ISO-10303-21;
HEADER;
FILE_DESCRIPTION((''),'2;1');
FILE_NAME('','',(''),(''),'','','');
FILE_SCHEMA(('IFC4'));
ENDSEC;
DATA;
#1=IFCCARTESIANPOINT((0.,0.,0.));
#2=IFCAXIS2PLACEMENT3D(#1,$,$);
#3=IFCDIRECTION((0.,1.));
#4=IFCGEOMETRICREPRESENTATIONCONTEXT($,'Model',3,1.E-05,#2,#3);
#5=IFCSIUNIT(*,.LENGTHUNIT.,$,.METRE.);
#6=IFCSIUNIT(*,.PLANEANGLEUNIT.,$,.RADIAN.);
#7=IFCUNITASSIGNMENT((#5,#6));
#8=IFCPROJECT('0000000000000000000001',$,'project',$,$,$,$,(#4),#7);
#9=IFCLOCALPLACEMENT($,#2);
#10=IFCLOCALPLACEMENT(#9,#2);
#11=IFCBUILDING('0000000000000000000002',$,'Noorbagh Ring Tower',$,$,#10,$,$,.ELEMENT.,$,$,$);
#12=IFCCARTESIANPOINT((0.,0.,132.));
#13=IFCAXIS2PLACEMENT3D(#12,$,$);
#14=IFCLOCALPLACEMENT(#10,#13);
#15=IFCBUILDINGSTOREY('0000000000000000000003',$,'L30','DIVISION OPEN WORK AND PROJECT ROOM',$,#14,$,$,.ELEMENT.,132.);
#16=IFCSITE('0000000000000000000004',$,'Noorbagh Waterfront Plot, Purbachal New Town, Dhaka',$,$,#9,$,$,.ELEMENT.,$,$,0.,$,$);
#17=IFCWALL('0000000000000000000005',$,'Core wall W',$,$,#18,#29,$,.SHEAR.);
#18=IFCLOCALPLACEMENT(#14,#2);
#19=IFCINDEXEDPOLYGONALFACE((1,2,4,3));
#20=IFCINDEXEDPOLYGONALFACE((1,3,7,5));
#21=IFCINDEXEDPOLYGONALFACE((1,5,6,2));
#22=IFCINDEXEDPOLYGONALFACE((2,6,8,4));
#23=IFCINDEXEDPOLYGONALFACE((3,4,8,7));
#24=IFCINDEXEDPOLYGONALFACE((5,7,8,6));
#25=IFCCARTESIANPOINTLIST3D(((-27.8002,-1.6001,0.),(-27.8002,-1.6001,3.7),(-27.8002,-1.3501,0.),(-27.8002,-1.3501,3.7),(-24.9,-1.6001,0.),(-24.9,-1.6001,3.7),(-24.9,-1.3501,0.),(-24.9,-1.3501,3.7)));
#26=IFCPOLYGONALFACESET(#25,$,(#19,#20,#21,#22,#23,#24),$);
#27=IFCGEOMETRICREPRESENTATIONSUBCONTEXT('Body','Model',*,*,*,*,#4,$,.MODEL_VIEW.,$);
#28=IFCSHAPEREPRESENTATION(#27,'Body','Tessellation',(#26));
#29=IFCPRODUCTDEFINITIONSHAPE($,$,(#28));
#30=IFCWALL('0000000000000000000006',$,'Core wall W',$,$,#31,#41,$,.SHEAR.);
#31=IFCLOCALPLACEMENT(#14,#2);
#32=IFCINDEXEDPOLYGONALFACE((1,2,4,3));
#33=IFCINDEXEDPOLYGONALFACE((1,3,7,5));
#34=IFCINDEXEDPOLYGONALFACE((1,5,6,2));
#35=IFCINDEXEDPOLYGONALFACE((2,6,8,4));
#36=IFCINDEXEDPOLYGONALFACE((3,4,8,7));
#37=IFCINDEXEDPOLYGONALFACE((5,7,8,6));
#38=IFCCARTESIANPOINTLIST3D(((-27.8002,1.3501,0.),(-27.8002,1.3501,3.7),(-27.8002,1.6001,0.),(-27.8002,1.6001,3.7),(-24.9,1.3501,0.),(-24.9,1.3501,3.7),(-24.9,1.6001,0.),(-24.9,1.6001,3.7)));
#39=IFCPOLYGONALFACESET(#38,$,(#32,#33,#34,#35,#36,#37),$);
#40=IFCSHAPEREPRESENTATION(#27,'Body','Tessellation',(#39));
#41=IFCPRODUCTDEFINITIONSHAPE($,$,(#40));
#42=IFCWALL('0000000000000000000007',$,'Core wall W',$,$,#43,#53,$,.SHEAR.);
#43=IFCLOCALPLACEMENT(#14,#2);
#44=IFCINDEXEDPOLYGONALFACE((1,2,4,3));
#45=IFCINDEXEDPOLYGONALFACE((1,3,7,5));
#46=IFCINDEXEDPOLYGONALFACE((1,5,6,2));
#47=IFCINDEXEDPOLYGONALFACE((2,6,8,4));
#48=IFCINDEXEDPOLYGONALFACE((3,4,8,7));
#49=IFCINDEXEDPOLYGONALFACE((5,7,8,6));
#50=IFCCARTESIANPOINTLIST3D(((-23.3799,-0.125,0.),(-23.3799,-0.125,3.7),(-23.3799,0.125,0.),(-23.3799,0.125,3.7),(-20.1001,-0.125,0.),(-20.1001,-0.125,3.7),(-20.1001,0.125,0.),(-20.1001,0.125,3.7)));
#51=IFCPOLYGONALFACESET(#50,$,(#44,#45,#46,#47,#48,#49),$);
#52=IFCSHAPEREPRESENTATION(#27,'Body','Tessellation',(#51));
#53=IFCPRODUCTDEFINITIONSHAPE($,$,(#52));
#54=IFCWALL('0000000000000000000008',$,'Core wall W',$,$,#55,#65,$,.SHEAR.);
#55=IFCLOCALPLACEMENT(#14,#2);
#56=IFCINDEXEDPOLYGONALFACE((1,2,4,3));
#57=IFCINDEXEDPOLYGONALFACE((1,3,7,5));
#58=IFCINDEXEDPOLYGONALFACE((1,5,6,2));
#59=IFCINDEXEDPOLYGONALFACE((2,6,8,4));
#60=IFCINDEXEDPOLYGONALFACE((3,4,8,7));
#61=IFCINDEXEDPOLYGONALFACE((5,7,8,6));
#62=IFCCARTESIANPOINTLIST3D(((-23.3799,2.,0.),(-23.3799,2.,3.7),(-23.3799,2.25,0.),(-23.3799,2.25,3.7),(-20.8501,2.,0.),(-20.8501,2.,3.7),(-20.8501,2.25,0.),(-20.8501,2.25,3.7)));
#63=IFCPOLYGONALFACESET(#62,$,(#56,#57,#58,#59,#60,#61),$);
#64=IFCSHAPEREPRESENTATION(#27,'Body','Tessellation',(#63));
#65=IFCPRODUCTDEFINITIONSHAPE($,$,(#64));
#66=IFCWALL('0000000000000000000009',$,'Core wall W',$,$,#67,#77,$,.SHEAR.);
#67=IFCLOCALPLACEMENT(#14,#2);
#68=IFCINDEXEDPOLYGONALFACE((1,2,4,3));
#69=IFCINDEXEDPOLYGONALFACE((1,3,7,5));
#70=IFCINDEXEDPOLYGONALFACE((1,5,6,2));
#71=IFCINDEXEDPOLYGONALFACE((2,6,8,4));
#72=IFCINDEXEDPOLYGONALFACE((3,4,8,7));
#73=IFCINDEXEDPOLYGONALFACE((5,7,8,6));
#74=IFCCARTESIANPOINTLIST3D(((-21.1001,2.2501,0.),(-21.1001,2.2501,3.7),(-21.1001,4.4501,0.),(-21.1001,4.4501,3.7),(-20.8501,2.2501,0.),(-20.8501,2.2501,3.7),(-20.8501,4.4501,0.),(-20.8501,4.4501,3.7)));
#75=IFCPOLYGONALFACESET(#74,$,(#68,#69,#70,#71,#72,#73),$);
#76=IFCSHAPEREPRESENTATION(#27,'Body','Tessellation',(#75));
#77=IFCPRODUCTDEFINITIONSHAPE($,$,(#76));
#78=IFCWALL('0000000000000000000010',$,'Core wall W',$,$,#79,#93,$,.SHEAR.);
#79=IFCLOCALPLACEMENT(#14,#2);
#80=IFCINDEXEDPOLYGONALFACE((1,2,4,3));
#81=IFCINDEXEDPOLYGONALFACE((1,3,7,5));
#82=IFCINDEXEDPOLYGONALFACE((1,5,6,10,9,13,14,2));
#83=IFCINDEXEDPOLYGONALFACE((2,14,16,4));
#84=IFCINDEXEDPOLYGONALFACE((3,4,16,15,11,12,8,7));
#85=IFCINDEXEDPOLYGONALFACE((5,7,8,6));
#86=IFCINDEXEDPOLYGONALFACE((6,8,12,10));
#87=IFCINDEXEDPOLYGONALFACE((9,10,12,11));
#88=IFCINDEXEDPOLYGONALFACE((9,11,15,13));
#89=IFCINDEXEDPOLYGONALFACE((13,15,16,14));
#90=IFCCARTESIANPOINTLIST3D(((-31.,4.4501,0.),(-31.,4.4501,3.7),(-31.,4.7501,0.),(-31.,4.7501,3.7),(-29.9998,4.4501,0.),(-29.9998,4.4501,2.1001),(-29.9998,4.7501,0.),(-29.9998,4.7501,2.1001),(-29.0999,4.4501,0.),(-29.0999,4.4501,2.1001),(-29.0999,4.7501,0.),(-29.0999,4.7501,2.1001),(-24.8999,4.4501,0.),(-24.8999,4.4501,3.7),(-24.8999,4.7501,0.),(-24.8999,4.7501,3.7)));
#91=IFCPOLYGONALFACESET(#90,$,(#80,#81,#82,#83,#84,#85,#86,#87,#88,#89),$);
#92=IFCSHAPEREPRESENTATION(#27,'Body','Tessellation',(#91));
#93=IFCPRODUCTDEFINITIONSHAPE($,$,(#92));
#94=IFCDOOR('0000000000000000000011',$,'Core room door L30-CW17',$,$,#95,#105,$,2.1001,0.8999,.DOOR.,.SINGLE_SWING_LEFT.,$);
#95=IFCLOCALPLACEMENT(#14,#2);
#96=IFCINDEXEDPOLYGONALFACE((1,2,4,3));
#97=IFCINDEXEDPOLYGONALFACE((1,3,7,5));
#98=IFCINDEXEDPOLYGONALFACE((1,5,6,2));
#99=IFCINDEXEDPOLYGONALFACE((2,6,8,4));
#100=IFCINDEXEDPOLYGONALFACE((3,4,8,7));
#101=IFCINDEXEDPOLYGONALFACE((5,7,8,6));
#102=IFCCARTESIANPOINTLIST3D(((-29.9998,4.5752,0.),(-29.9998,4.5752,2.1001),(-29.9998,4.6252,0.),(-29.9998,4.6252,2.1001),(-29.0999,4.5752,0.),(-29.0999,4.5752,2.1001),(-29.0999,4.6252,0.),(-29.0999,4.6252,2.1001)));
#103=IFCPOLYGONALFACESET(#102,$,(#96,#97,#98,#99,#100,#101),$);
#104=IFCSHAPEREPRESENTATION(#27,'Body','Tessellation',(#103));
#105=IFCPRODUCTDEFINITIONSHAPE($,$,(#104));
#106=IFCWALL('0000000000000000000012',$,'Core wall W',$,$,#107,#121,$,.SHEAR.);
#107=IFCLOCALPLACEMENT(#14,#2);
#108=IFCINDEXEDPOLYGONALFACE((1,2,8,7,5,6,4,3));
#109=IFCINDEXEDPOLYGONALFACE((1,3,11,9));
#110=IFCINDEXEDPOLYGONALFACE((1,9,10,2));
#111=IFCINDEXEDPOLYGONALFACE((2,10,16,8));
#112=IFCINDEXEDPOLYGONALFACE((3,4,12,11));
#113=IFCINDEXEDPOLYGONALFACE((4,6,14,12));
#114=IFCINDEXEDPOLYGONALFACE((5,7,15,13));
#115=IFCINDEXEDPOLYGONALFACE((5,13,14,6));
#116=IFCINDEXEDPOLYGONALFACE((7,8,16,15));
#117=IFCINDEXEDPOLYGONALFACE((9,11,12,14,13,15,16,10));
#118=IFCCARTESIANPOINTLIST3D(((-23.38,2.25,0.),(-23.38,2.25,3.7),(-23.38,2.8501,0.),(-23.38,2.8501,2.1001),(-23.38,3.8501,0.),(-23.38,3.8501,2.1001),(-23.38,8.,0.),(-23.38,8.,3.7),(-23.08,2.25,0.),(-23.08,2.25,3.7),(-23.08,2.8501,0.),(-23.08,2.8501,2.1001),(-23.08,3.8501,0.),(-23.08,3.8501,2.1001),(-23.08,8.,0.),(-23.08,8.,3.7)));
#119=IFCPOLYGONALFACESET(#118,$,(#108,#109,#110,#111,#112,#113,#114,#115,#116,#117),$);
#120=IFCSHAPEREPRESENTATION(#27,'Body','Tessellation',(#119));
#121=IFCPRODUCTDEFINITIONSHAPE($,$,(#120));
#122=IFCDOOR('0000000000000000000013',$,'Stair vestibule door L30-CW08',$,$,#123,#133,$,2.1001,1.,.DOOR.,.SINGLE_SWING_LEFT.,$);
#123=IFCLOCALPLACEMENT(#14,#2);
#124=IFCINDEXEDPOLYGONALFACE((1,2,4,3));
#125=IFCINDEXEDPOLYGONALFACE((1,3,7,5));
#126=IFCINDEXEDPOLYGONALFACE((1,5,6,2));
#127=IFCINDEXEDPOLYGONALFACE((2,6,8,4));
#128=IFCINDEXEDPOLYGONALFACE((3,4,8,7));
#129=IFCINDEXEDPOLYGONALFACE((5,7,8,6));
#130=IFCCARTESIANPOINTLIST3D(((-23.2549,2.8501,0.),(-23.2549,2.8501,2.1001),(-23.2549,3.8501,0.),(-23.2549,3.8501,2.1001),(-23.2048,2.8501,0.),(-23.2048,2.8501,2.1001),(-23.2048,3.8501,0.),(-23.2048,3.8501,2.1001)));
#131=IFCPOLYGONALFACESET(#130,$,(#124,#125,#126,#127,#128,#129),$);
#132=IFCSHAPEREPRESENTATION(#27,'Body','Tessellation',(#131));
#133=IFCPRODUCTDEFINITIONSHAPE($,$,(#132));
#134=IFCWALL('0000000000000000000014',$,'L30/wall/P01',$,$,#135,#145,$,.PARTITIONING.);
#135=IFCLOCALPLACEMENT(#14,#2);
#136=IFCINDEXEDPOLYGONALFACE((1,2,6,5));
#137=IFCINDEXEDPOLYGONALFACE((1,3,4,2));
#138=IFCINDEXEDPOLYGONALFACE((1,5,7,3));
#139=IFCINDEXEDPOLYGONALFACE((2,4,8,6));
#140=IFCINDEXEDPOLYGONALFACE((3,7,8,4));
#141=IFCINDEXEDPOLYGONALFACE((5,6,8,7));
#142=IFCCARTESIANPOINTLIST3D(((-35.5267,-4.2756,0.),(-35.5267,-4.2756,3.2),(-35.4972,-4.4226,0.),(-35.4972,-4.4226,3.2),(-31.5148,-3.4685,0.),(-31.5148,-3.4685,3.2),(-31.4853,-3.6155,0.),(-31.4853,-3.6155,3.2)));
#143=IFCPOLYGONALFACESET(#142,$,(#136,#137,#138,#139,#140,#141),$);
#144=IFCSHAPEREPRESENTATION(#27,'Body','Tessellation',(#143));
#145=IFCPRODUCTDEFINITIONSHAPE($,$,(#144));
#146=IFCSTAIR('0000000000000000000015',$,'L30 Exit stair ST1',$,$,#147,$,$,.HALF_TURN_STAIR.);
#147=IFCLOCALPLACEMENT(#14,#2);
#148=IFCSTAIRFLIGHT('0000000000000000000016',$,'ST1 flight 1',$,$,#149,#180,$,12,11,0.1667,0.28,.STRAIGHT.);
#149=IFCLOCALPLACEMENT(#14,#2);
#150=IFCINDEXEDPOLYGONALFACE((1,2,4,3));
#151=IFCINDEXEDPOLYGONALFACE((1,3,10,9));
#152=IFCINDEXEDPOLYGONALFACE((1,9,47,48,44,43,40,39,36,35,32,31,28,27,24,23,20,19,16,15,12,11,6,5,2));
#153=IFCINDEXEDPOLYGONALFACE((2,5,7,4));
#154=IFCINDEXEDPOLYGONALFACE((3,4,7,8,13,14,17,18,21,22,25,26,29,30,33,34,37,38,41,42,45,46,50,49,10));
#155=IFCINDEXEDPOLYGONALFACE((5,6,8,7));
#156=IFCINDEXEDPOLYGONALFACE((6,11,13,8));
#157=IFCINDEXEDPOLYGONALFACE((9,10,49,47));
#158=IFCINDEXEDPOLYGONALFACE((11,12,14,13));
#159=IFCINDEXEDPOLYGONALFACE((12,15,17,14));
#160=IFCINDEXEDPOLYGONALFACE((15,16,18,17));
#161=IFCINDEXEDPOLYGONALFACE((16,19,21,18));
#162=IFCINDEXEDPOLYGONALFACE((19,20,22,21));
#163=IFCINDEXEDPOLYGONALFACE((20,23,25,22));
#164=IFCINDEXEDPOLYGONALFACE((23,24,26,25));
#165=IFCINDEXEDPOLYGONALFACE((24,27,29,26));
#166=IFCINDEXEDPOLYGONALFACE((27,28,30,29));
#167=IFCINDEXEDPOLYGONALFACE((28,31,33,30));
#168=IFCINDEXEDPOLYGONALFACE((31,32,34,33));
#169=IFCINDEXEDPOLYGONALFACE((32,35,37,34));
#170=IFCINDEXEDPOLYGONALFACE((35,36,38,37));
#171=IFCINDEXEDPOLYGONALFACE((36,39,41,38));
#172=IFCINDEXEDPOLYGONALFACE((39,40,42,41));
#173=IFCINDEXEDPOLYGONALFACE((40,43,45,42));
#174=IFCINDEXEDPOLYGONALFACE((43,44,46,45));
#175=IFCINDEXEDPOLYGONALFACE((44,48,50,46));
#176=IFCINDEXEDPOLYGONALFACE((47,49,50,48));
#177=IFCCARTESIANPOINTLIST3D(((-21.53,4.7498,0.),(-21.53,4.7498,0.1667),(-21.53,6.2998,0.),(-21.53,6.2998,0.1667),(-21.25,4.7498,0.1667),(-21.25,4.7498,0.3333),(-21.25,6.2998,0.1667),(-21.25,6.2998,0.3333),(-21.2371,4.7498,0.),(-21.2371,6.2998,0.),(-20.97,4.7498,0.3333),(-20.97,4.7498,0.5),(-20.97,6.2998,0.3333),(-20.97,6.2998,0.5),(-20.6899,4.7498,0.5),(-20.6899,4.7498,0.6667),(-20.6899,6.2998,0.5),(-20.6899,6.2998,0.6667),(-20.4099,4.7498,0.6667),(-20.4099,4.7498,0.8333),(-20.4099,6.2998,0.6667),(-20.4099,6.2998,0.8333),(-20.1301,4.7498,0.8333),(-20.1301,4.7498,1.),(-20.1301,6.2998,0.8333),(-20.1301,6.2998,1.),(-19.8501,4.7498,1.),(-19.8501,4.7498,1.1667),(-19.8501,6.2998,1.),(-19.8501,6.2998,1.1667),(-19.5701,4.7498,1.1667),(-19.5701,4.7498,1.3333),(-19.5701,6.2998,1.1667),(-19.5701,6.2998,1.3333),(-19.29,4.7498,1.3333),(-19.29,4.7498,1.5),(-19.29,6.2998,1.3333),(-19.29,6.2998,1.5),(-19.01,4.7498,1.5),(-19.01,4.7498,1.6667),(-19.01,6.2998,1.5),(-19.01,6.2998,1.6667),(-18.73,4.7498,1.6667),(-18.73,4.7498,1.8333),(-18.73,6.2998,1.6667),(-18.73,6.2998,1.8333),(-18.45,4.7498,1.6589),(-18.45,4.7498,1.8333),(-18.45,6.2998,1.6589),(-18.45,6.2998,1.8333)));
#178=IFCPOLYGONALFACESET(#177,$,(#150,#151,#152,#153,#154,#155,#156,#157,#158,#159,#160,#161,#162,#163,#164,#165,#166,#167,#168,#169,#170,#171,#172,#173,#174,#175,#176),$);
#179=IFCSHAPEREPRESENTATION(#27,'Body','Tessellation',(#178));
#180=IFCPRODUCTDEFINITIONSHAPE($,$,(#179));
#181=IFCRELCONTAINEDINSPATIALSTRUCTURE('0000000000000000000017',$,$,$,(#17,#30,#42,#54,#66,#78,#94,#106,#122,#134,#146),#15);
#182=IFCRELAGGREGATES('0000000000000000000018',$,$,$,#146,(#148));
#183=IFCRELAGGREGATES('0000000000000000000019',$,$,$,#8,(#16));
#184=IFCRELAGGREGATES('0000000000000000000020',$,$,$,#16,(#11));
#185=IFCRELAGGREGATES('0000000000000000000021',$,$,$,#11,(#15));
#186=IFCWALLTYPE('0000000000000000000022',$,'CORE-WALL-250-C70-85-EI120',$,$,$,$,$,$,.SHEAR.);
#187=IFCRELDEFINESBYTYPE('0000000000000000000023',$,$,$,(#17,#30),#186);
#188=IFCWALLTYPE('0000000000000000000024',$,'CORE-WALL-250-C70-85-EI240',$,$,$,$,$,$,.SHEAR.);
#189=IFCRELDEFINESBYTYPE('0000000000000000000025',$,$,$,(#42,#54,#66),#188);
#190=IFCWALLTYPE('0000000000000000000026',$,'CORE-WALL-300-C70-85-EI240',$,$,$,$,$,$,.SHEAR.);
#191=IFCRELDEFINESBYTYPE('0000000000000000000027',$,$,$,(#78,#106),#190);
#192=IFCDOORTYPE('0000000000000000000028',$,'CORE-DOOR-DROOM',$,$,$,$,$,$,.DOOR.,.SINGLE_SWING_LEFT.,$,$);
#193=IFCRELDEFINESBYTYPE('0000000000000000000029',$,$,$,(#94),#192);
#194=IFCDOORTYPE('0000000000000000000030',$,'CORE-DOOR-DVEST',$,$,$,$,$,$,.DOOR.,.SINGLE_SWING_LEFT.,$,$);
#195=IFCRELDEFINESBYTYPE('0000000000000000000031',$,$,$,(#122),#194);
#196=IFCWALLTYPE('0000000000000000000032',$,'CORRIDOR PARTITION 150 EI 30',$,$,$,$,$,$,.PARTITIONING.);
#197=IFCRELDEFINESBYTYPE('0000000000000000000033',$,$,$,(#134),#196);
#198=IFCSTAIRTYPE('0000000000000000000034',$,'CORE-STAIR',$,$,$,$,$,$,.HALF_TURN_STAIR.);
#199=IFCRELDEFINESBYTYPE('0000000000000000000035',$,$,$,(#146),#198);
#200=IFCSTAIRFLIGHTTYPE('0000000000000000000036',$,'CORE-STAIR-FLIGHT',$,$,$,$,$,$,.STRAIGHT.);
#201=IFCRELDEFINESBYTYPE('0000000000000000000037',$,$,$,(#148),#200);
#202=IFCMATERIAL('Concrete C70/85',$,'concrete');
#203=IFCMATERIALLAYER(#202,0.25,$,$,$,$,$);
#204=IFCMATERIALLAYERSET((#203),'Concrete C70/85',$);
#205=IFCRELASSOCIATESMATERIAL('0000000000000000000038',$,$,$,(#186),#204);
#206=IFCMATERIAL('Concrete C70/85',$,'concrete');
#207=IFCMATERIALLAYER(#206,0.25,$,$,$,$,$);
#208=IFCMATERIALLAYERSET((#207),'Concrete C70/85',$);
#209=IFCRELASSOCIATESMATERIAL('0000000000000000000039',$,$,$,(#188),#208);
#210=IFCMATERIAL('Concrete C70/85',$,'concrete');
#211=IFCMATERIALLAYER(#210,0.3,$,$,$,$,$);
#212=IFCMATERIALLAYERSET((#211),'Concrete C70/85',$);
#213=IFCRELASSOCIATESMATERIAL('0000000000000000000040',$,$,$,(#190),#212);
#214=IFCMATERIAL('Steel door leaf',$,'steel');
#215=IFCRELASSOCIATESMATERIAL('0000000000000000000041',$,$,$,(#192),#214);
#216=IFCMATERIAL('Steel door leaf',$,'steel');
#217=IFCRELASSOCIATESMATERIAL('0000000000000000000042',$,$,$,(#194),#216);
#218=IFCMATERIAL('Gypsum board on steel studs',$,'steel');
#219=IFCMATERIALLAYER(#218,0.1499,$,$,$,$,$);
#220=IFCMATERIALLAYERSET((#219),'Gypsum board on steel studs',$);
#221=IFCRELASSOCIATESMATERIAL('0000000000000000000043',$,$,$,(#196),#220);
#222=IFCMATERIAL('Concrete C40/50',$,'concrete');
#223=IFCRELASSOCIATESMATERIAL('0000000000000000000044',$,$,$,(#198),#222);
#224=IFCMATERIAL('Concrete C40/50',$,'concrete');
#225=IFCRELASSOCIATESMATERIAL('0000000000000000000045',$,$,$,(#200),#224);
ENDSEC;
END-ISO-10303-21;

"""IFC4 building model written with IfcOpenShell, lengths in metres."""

from ifc_helpers import new_model, si_unit, direction, frame, frame_2d, origin, place, context, subcontext, project, spatial, polyline, rectangle, outline, extrude, material, layer, layer_set, type_object, element, fill, aggregate, save


model = new_model("IFC4")

# Units and contexts
model_context = context("Model", 3, precision=1e-05, world=origin(), true_north=direction((0.0, 1.0)))
body_context = subcontext(model_context, "Body", "Model", "MODEL_VIEW")
ifc_project = project(units=[si_unit("LENGTHUNIT", "METRE"), si_unit("PLANEANGLEUNIT", "RADIAN")], contexts=[model_context])

# Site, building, storey
site_placement = place(None, origin())
site = spatial("IfcSite", under=ifc_project, at=site_placement, Name="Noorbagh Waterfront Plot, Purbachal New Town, Dhaka", CompositionType="ELEMENT", RefElevation=0.0)
building_placement = place(site_placement, origin())
building = spatial("IfcBuilding", under=site, at=building_placement, Name="Noorbagh Ring Tower", CompositionType="ELEMENT")
storey_placement = place(building_placement, frame((0.0, 0.0, 132.0)))
storey = spatial("IfcBuildingStorey", under=building, at=storey_placement, Name="L30", Description="DIVISION OPEN WORK AND PROJECT ROOM", CompositionType="ELEMENT", Elevation=132.0)

# Walls
ifc_material_1 = material(Name="Concrete C70/85", Category="concrete")
ifc_layer_1 = layer(ifc_material_1, 0.25)
ifc_layer_set_1 = layer_set([ifc_layer_1], Name="Concrete C70/85")
wall_type_1 = type_object("IfcWallType", Name="CORE-WALL-250-C70-85-EI120", PredefinedType="SHEAR", material=ifc_layer_set_1)
for number, where, z_axis, x_axis, name in (
    (1, (-24.8999, -1.4751, 0.0), (0.0, 0.0, 1.0), (-1.0, 0.0, 0.0), "Core wall W"),
    (2, (-24.8999, 1.4751, 0.0), (0.0, 0.0, 1.0), (-1.0, 0.0, 0.0), "Core wall W"),
):
    element("IfcWall", number, at=place(storey_placement, frame(where, z_axis=z_axis, x_axis=x_axis)), inside=storey, type_object=wall_type_1, Name=name, PredefinedType="SHEAR", context=body_context, shape_type="SweptSolid", body=[
        extrude(rectangle(XDim=2.9001, YDim=0.25, at=frame_2d((1.4502, 0.0))), origin(), (0.0, 0.0, 1.0), 3.7),
    ])
ifc_material_2 = material(Name="Concrete C70/85", Category="concrete")
ifc_layer_2 = layer(ifc_material_2, 0.25)
ifc_layer_set_2 = layer_set([ifc_layer_2], Name="Concrete C70/85")
wall_type_2 = type_object("IfcWallType", Name="CORE-WALL-250-C70-85-EI240", PredefinedType="SHEAR", material=ifc_layer_set_2)
wall_1_placement = place(storey_placement, frame((-20.1001, 0.0, 0.0), z_axis=(0.0, 0.0, 1.0), x_axis=(-1.0, 0.0, 0.0)))
element("IfcWall", 3, at=wall_1_placement, inside=storey, type_object=wall_type_2, Name="Core wall W", PredefinedType="SHEAR", context=body_context, shape_type="SweptSolid", body=[
    extrude(rectangle(XDim=3.2798, YDim=0.25, at=frame_2d((1.6399, 0.0))), origin(), (0.0, 0.0, 1.0), 3.7),
])
wall_2_placement = place(storey_placement, frame((-20.8501, 2.125, 0.0), z_axis=(0.0, 0.0, 1.0), x_axis=(-1.0, 0.0, 0.0)))
element("IfcWall", 4, at=wall_2_placement, inside=storey, type_object=wall_type_2, Name="Core wall W", PredefinedType="SHEAR", context=body_context, shape_type="SweptSolid", body=[
    extrude(rectangle(XDim=2.5298, YDim=0.25, at=frame_2d((1.2649, 0.0))), origin(), (0.0, 0.0, 1.0), 3.7),
])
wall_3_placement = place(storey_placement, frame((-20.9751, 2.25, 0.0), z_axis=(0.0, 0.0, 1.0), x_axis=(0.0, 1.0, 0.0)))
element("IfcWall", 5, at=wall_3_placement, inside=storey, type_object=wall_type_2, Name="Core wall W", PredefinedType="SHEAR", context=body_context, shape_type="SweptSolid", body=[
    extrude(rectangle(XDim=2.2, YDim=0.25, at=frame_2d((1.1001, 0.0))), origin(), (0.0, 0.0, 1.0), 3.7),
])

# Walls, openings, doors
ifc_material_3 = material(Name="Concrete C70/85", Category="concrete")
ifc_layer_3 = layer(ifc_material_3, 0.3)
ifc_layer_set_3 = layer_set([ifc_layer_3], Name="Concrete C70/85")
wall_type_3 = type_object("IfcWallType", Name="CORE-WALL-300-C70-85-EI240", PredefinedType="SHEAR", material=ifc_layer_set_3)
wall_4_placement = place(storey_placement, frame((-24.8999, 4.6001, 0.0), z_axis=(0.0, 0.0, 1.0), x_axis=(-1.0, 0.0, 0.0)))
wall_4 = element("IfcWall", 6, at=wall_4_placement, inside=storey, type_object=wall_type_3, Name="Core wall W", PredefinedType="SHEAR", context=body_context, shape_type="SweptSolid", body=[
    extrude(rectangle(XDim=6.1001, YDim=0.3, at=frame_2d((3.05, 0.0))), origin(), (0.0, 0.0, 1.0), 3.7),
])
opening_1_placement = place(wall_4_placement, frame((4.2, 0.0, 0.0)))
opening_1 = element("IfcOpeningElement", 7, at=opening_1_placement, cuts=wall_4, PredefinedType="OPENING", context=body_context, shape_type="SweptSolid", body=[
    extrude(rectangle(XDim=0.8999, YDim=2.1001, at=frame_2d((0.45, 1.05))), frame((0.0, 0.1602, 0.0), z_axis=(0.0, -1.0, 0.0), x_axis=(1.0, 0.0, 0.0)), (0.0, 0.0, 1.0), 0.3201),
])
ifc_material_4 = material(Name="Steel door leaf", Category="steel")
door_type_1 = type_object("IfcDoorType", Name="CORE-DOOR-DROOM", OperationType="SINGLE_SWING_LEFT", PredefinedType="DOOR", material=ifc_material_4)
door_1_placement = place(opening_1_placement, origin())
door_1 = element("IfcDoor", 8, at=door_1_placement, inside=storey, type_object=door_type_1, Name="Core room door L30-CW17", OperationType="SINGLE_SWING_LEFT", OverallHeight=2.1001, OverallWidth=0.8999, PredefinedType="DOOR", context=body_context, shape_type="SweptSolid", body=[
    extrude(rectangle(XDim=0.8999, YDim=2.1001, at=frame_2d((0.45, 1.05))), frame((0.0, 0.0249, 0.0), z_axis=(0.0, -1.0, 0.0), x_axis=(1.0, 0.0, 0.0)), (0.0, 0.0, 1.0), 0.05),
])
fill(opening_1, door_1)
wall_5_placement = place(storey_placement, frame((-23.23, 2.25, 0.0), z_axis=(0.0, 0.0, 1.0), x_axis=(0.0, 1.0, 0.0)))
wall_5 = element("IfcWall", 9, at=wall_5_placement, inside=storey, type_object=wall_type_3, Name="Core wall W", PredefinedType="SHEAR", context=body_context, shape_type="SweptSolid", body=[
    extrude(rectangle(XDim=5.75, YDim=0.3, at=frame_2d((2.875, 0.0))), origin(), (0.0, 0.0, 1.0), 3.7),
])
opening_2_placement = place(wall_5_placement, frame((0.6001, 0.0, 0.0)))
opening_2 = element("IfcOpeningElement", 10, at=opening_2_placement, cuts=wall_5, PredefinedType="OPENING", context=body_context, shape_type="SweptSolid", body=[
    extrude(rectangle(XDim=1.0, YDim=2.1001, at=frame_2d((0.5, 1.05))), frame((0.0, 0.1602, 0.0), z_axis=(0.0, -1.0, 0.0), x_axis=(1.0, 0.0, 0.0)), (0.0, 0.0, 1.0), 0.3201),
])
ifc_material_5 = material(Name="Steel door leaf", Category="steel")
door_type_2 = type_object("IfcDoorType", Name="CORE-DOOR-DVEST", OperationType="SINGLE_SWING_LEFT", PredefinedType="DOOR", material=ifc_material_5)
door_2_placement = place(opening_2_placement, origin())
door_2 = element("IfcDoor", 11, at=door_2_placement, inside=storey, type_object=door_type_2, Name="Stair vestibule door L30-CW08", OperationType="SINGLE_SWING_LEFT", OverallHeight=2.1001, OverallWidth=1.0, PredefinedType="DOOR", context=body_context, shape_type="SweptSolid", body=[
    extrude(rectangle(XDim=1.0, YDim=2.1001, at=frame_2d((0.5, 1.05))), frame((0.0, 0.0249, 0.0), z_axis=(0.0, -1.0, 0.0), x_axis=(1.0, 0.0, 0.0)), (0.0, 0.0, 1.0), 0.05),
])
fill(opening_2, door_2)

# Wall
ifc_material_6 = material(Name="Gypsum board on steel studs", Category="steel")
ifc_layer_4 = layer(ifc_material_6, 0.1499)
ifc_layer_set_4 = layer_set([ifc_layer_4], Name="Gypsum board on steel studs")
wall_type_4 = type_object("IfcWallType", Name="CORRIDOR PARTITION 150 EI 30", PredefinedType="PARTITIONING", material=ifc_layer_set_4)
wall_6_placement = place(storey_placement, frame((-35.512, -4.3491, 0.0), z_axis=(0.0, 0.0, 1.0), x_axis=(0.980357, 0.197229, 0.0)))
element("IfcWall", 12, at=wall_6_placement, inside=storey, type_object=wall_type_4, Name="L30/wall/P01", PredefinedType="PARTITIONING", context=body_context, shape_type="SweptSolid", body=[
    extrude(rectangle(XDim=4.0923, YDim=0.1499, at=frame_2d((2.0461, 0.0))), origin(), (0.0, 0.0, 1.0), 3.2),
])

# Stair, stair flight
ifc_material_7 = material(Name="Concrete C40/50", Category="concrete")
stair_type = type_object("IfcStairType", Name="CORE-STAIR", PredefinedType="HALF_TURN_STAIR", material=ifc_material_7)
stair_placement = place(storey_placement, origin())
stair = element("IfcStair", 13, at=stair_placement, inside=storey, type_object=stair_type, Name="L30 Exit stair ST1", PredefinedType="HALF_TURN_STAIR")
ifc_material_8 = material(Name="Concrete C40/50", Category="concrete")
stair_flight_type = type_object("IfcStairFlightType", Name="CORE-STAIR-FLIGHT", PredefinedType="STRAIGHT", material=ifc_material_8)
stair_flight_placement = place(storey_placement, frame((-21.53, 5.5249, 0.0), z_axis=(0.0, 0.0, 1.0), x_axis=(1.0, 0.0, 0.0)))
stair_flight = element("IfcStairFlight", 14, at=stair_flight_placement, type_object=stair_flight_type, Name="ST1 flight 1", NumberOfRisers=12, NumberOfTreads=11, PredefinedType="STRAIGHT", RiserHeight=0.1667, TreadLength=0.28, context=body_context, shape_type="SweptSolid", body=[
    extrude(outline(polyline([(0.0, 0.0), (0.0, 0.1667), (0.28, 0.1667), (0.28, 0.3333), (0.5601, 0.3333), (0.5601, 0.5), (0.8401, 0.5), (0.8401, 0.6667), (1.1201, 0.6667), (1.1201, 0.8333), (1.3999, 0.8333), (1.3999, 1.0), (1.6799, 1.0), (1.6799, 1.1667), (1.96, 1.1667), (1.96, 1.3333), (2.24, 1.3333), (2.24, 1.5), (2.52, 1.5), (2.52, 1.6667), (2.8, 1.6667), (2.8, 1.8333), (3.0801, 1.8333), (3.0801, 2.0), (3.0801, 1.6589), (0.293, 0.0), (0.0, 0.0)])), frame((0.0, 0.7749, 0.0), z_axis=(0.0, -1.0, 0.0), x_axis=(1.0, 0.0, 0.0)), (0.0, 0.0, 1.0), 1.55),
])
aggregate(stair, [stair_flight])

save(model, "model.ifc")
